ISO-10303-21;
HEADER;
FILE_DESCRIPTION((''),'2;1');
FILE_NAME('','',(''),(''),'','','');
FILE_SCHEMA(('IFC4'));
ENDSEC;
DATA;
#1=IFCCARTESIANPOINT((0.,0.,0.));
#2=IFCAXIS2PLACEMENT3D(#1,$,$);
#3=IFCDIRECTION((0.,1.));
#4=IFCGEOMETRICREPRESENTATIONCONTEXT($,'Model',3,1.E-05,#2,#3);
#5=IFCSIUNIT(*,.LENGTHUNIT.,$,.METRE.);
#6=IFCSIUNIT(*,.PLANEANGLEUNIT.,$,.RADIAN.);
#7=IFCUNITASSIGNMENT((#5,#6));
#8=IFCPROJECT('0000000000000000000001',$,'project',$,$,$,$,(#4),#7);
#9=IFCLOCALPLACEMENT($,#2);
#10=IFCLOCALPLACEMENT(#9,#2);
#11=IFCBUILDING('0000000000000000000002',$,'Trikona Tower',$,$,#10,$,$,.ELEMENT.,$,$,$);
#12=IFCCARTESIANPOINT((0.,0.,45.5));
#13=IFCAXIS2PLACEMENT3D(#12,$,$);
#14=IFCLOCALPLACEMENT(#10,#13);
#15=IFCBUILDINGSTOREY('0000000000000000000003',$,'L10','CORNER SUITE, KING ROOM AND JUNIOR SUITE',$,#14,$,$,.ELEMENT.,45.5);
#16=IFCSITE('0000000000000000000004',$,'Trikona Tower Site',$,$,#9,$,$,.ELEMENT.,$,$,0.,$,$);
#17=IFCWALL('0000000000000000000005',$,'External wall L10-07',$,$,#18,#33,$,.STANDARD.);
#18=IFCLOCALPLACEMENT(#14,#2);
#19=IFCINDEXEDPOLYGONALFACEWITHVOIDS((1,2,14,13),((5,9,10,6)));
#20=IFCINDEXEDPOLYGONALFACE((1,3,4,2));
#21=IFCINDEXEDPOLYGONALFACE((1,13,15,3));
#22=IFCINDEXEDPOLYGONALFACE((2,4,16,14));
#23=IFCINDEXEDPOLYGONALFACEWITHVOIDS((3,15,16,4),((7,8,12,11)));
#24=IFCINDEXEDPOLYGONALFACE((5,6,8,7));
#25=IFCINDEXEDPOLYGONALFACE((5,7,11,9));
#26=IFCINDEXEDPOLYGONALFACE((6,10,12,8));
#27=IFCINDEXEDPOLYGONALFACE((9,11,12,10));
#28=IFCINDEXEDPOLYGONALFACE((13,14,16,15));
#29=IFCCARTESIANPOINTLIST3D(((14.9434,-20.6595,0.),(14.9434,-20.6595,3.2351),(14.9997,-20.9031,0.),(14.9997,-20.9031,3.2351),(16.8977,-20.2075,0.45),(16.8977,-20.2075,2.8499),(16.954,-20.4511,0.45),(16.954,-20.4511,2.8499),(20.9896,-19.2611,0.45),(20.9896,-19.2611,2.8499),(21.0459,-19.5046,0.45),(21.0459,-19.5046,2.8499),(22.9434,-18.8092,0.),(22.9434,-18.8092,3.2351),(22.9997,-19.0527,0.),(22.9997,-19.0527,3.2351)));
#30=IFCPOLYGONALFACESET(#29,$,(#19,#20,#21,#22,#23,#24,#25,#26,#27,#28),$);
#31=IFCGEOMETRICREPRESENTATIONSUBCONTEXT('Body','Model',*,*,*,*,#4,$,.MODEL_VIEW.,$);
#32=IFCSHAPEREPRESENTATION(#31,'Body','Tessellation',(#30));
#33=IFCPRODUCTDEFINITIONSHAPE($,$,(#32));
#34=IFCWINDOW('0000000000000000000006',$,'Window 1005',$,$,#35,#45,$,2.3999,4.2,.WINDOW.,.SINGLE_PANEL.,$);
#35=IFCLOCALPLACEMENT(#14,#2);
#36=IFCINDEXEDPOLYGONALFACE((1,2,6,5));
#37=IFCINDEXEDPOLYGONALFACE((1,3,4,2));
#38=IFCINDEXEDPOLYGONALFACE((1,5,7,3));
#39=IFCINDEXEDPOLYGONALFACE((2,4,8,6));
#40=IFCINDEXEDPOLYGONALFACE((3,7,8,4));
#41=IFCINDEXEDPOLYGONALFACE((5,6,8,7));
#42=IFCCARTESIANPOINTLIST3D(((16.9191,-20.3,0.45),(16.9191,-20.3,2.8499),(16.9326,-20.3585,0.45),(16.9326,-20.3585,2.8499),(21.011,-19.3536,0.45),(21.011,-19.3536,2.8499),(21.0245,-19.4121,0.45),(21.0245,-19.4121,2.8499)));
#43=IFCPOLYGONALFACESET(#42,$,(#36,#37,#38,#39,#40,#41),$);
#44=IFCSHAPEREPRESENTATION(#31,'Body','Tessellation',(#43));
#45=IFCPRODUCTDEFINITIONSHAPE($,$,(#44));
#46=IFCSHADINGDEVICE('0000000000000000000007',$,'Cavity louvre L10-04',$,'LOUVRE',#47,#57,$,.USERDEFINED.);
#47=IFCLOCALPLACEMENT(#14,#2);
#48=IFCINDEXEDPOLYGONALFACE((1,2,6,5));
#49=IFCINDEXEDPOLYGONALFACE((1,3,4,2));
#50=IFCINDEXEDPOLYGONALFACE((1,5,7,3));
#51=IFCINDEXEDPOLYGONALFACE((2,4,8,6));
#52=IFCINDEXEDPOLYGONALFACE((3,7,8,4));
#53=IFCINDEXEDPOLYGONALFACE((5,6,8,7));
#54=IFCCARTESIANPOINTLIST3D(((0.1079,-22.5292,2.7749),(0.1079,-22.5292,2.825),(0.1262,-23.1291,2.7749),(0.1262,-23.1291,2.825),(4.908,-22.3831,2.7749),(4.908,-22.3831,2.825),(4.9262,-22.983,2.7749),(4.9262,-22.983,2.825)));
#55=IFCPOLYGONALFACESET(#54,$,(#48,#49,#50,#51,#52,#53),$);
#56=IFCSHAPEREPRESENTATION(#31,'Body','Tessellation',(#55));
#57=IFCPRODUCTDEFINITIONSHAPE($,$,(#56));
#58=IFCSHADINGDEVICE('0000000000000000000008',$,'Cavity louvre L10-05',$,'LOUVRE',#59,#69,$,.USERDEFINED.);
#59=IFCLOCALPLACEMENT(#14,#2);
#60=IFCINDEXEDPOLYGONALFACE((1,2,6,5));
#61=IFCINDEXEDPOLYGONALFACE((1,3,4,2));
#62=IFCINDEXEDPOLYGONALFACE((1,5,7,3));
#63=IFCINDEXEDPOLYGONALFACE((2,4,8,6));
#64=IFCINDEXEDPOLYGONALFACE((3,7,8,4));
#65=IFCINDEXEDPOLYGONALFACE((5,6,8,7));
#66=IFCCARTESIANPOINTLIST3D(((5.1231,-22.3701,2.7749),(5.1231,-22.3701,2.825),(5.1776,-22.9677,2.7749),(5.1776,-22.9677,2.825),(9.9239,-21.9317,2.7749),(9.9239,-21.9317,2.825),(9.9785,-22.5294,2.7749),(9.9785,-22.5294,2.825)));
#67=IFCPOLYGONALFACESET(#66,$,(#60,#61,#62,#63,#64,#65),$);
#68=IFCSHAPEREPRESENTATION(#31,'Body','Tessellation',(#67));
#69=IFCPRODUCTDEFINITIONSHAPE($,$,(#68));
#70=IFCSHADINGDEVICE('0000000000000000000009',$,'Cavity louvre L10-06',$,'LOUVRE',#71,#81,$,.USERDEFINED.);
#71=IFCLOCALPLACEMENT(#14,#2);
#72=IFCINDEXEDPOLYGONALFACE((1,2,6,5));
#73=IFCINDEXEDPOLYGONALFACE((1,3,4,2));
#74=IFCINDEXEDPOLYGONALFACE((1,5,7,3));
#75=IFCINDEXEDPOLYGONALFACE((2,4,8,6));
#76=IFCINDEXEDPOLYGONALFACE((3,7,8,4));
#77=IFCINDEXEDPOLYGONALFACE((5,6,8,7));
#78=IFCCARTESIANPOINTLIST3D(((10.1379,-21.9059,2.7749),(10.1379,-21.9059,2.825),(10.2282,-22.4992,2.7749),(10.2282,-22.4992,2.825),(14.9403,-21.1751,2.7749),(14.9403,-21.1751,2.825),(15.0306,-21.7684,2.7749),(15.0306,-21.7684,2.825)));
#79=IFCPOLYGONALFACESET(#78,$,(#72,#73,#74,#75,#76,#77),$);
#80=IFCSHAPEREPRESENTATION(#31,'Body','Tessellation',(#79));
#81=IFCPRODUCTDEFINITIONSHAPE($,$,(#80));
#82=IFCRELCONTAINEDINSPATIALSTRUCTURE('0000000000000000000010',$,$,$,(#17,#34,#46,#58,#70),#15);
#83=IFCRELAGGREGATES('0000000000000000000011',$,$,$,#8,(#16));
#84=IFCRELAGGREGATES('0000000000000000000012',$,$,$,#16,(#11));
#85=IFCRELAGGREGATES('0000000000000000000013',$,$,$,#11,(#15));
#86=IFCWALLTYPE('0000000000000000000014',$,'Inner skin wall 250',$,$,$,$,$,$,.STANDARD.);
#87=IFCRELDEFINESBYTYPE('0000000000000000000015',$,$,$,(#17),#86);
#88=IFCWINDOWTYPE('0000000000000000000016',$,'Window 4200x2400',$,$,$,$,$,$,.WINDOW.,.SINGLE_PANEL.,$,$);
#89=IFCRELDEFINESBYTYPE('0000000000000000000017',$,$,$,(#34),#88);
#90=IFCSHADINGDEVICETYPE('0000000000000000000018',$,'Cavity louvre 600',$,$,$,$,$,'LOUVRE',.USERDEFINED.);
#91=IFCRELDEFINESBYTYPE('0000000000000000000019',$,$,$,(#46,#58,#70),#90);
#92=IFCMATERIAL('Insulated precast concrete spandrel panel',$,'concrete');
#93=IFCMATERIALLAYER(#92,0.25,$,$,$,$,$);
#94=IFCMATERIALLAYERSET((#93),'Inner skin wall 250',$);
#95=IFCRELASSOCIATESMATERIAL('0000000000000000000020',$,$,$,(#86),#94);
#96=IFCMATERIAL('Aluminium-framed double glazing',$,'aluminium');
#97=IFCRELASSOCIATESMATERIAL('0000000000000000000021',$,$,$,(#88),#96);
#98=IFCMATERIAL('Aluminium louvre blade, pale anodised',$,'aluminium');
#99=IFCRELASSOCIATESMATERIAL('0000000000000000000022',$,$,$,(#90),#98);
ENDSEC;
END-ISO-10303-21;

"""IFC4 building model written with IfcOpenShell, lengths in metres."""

from ifc_helpers import new_model, si_unit, direction, frame, frame_2d, origin, origin_2d, place, context, subcontext, project, spatial, rectangle, extrude, material, layer, layer_set, type_object, element, fill, save


model = new_model("IFC4")

# Units and contexts
model_context = context("Model", 3, precision=1e-05, world=origin(), true_north=direction((0.0, 1.0)))
body_context = subcontext(model_context, "Body", "Model", "MODEL_VIEW")
ifc_project = project(units=[si_unit("LENGTHUNIT", "METRE"), si_unit("PLANEANGLEUNIT", "RADIAN")], contexts=[model_context])

# Site, building, storey
site_placement = place(None, origin())
site = spatial("IfcSite", under=ifc_project, at=site_placement, Name="Trikona Tower Site", CompositionType="ELEMENT", RefElevation=0.0)
building_placement = place(site_placement, origin())
building = spatial("IfcBuilding", under=site, at=building_placement, Name="Trikona Tower", CompositionType="ELEMENT")
storey_placement = place(building_placement, frame((0.0, 0.0, 45.5)))
storey = spatial("IfcBuildingStorey", under=building, at=storey_placement, Name="L10", Description="CORNER SUITE, KING ROOM AND JUNIOR SUITE", CompositionType="ELEMENT", Elevation=45.5)

# Wall, opening, window
ifc_material_1 = material(Name="Insulated precast concrete spandrel panel", Category="concrete")
ifc_layer_1 = layer(ifc_material_1, 0.25)
ifc_layer_set_1 = layer_set([ifc_layer_1], Name="Inner skin wall 250")
wall_type = type_object("IfcWallType", Name="Inner skin wall 250", PredefinedType="STANDARD", material=ifc_layer_set_1)
wall_1_placement = place(storey_placement, frame((14.9717, -20.7812, 0.0), z_axis=(0.0, 0.0, 1.0), x_axis=(0.974279, 0.225344, 0.0)))
wall_1 = element("IfcWall", 1, at=wall_1_placement, inside=storey, type_object=wall_type, Name="External wall L10-07", PredefinedType="STANDARD", context=body_context, shape_type="SweptSolid", body=[
    extrude(rectangle(XDim=8.2112, YDim=0.25, at=frame_2d((4.1055, 0.0))), origin(), (0.0, 0.0, 1.0), 3.2351),
])
opening_1_placement = place(wall_1_placement, frame((2.0056, 0.0, 0.45)))
opening_1 = element("IfcOpeningElement", 2, at=opening_1_placement, cuts=wall_1, PredefinedType="OPENING", context=body_context, shape_type="SweptSolid", body=[
    extrude(rectangle(XDim=4.2, YDim=2.3999, at=frame_2d((2.1001, 1.2))), frame((0.0, 0.135, 0.0), z_axis=(0.0, -1.0, 0.0), x_axis=(1.0, 0.0, 0.0)), (0.0, 0.0, 1.0), 0.27),
])
ifc_material_2 = material(Name="Aluminium-framed double glazing", Category="aluminium")
window_type_1 = type_object("IfcWindowType", Name="Window 4200x2400", PartitioningType="SINGLE_PANEL", PredefinedType="WINDOW", material=ifc_material_2)
window_1_placement = place(opening_1_placement, origin())
window_1 = element("IfcWindow", 3, at=window_1_placement, inside=storey, type_object=window_type_1, Name="Window 1005", OverallHeight=2.3999, OverallWidth=4.2, PartitioningType="SINGLE_PANEL", PredefinedType="WINDOW", context=body_context, shape_type="SweptSolid", body=[
    extrude(rectangle(XDim=4.2, YDim=2.3999, at=frame_2d((2.1001, 1.2))), frame((0.0, 0.03, 0.0), z_axis=(0.0, -1.0, 0.0), x_axis=(1.0, 0.0, 0.0)), (0.0, 0.0, 1.0), 0.0601),
])
fill(opening_1, window_1)

# Shading devices
ifc_material_3 = material(Name="Aluminium louvre blade, pale anodised", Category="aluminium")
shading_device_type = type_object("IfcShadingDeviceType", Name="Cavity louvre 600", ElementType="LOUVRE", PredefinedType="USERDEFINED", material=ifc_material_3)
shading_device_1_placement = place(storey_placement, frame((2.5171, -22.7561, 2.7749), z_axis=(0.0, 0.0, 1.0), x_axis=(0.999537, 0.030425, 0.0)))
element("IfcShadingDevice", 4, at=shading_device_1_placement, inside=storey, type_object=shading_device_type, Name="Cavity louvre L10-04", ObjectType="LOUVRE", PredefinedType="USERDEFINED", context=body_context, shape_type="SweptSolid", body=[
    extrude(rectangle(XDim=4.8022, YDim=0.6001, at=origin_2d()), origin(), (0.0, 0.0, 1.0), 0.05),
])
shading_device_2_placement = place(storey_placement, frame((7.5508, -22.4497, 2.7749), z_axis=(0.0, 0.0, 1.0), x_axis=(0.995858, 0.090921, 0.0)))
element("IfcShadingDevice", 5, at=shading_device_2_placement, inside=storey, type_object=shading_device_type, Name="Cavity louvre L10-05", ObjectType="LOUVRE", PredefinedType="USERDEFINED", context=body_context, shape_type="SweptSolid", body=[
    extrude(rectangle(XDim=4.8208, YDim=0.6001, at=origin_2d()), origin(), (0.0, 0.0, 1.0), 0.05),
])
shading_device_3_placement = place(storey_placement, frame((12.5842, -21.8372, 2.7749), z_axis=(0.0, 0.0, 1.0), x_axis=(0.988618, 0.150448, 0.0)))
element("IfcShadingDevice", 6, at=shading_device_3_placement, inside=storey, type_object=shading_device_type, Name="Cavity louvre L10-06", ObjectType="LOUVRE", PredefinedType="USERDEFINED", context=body_context, shape_type="SweptSolid", body=[
    extrude(rectangle(XDim=4.8577, YDim=0.6001, at=origin_2d()), origin(), (0.0, 0.0, 1.0), 0.05),
])

save(model, "model.ifc")
